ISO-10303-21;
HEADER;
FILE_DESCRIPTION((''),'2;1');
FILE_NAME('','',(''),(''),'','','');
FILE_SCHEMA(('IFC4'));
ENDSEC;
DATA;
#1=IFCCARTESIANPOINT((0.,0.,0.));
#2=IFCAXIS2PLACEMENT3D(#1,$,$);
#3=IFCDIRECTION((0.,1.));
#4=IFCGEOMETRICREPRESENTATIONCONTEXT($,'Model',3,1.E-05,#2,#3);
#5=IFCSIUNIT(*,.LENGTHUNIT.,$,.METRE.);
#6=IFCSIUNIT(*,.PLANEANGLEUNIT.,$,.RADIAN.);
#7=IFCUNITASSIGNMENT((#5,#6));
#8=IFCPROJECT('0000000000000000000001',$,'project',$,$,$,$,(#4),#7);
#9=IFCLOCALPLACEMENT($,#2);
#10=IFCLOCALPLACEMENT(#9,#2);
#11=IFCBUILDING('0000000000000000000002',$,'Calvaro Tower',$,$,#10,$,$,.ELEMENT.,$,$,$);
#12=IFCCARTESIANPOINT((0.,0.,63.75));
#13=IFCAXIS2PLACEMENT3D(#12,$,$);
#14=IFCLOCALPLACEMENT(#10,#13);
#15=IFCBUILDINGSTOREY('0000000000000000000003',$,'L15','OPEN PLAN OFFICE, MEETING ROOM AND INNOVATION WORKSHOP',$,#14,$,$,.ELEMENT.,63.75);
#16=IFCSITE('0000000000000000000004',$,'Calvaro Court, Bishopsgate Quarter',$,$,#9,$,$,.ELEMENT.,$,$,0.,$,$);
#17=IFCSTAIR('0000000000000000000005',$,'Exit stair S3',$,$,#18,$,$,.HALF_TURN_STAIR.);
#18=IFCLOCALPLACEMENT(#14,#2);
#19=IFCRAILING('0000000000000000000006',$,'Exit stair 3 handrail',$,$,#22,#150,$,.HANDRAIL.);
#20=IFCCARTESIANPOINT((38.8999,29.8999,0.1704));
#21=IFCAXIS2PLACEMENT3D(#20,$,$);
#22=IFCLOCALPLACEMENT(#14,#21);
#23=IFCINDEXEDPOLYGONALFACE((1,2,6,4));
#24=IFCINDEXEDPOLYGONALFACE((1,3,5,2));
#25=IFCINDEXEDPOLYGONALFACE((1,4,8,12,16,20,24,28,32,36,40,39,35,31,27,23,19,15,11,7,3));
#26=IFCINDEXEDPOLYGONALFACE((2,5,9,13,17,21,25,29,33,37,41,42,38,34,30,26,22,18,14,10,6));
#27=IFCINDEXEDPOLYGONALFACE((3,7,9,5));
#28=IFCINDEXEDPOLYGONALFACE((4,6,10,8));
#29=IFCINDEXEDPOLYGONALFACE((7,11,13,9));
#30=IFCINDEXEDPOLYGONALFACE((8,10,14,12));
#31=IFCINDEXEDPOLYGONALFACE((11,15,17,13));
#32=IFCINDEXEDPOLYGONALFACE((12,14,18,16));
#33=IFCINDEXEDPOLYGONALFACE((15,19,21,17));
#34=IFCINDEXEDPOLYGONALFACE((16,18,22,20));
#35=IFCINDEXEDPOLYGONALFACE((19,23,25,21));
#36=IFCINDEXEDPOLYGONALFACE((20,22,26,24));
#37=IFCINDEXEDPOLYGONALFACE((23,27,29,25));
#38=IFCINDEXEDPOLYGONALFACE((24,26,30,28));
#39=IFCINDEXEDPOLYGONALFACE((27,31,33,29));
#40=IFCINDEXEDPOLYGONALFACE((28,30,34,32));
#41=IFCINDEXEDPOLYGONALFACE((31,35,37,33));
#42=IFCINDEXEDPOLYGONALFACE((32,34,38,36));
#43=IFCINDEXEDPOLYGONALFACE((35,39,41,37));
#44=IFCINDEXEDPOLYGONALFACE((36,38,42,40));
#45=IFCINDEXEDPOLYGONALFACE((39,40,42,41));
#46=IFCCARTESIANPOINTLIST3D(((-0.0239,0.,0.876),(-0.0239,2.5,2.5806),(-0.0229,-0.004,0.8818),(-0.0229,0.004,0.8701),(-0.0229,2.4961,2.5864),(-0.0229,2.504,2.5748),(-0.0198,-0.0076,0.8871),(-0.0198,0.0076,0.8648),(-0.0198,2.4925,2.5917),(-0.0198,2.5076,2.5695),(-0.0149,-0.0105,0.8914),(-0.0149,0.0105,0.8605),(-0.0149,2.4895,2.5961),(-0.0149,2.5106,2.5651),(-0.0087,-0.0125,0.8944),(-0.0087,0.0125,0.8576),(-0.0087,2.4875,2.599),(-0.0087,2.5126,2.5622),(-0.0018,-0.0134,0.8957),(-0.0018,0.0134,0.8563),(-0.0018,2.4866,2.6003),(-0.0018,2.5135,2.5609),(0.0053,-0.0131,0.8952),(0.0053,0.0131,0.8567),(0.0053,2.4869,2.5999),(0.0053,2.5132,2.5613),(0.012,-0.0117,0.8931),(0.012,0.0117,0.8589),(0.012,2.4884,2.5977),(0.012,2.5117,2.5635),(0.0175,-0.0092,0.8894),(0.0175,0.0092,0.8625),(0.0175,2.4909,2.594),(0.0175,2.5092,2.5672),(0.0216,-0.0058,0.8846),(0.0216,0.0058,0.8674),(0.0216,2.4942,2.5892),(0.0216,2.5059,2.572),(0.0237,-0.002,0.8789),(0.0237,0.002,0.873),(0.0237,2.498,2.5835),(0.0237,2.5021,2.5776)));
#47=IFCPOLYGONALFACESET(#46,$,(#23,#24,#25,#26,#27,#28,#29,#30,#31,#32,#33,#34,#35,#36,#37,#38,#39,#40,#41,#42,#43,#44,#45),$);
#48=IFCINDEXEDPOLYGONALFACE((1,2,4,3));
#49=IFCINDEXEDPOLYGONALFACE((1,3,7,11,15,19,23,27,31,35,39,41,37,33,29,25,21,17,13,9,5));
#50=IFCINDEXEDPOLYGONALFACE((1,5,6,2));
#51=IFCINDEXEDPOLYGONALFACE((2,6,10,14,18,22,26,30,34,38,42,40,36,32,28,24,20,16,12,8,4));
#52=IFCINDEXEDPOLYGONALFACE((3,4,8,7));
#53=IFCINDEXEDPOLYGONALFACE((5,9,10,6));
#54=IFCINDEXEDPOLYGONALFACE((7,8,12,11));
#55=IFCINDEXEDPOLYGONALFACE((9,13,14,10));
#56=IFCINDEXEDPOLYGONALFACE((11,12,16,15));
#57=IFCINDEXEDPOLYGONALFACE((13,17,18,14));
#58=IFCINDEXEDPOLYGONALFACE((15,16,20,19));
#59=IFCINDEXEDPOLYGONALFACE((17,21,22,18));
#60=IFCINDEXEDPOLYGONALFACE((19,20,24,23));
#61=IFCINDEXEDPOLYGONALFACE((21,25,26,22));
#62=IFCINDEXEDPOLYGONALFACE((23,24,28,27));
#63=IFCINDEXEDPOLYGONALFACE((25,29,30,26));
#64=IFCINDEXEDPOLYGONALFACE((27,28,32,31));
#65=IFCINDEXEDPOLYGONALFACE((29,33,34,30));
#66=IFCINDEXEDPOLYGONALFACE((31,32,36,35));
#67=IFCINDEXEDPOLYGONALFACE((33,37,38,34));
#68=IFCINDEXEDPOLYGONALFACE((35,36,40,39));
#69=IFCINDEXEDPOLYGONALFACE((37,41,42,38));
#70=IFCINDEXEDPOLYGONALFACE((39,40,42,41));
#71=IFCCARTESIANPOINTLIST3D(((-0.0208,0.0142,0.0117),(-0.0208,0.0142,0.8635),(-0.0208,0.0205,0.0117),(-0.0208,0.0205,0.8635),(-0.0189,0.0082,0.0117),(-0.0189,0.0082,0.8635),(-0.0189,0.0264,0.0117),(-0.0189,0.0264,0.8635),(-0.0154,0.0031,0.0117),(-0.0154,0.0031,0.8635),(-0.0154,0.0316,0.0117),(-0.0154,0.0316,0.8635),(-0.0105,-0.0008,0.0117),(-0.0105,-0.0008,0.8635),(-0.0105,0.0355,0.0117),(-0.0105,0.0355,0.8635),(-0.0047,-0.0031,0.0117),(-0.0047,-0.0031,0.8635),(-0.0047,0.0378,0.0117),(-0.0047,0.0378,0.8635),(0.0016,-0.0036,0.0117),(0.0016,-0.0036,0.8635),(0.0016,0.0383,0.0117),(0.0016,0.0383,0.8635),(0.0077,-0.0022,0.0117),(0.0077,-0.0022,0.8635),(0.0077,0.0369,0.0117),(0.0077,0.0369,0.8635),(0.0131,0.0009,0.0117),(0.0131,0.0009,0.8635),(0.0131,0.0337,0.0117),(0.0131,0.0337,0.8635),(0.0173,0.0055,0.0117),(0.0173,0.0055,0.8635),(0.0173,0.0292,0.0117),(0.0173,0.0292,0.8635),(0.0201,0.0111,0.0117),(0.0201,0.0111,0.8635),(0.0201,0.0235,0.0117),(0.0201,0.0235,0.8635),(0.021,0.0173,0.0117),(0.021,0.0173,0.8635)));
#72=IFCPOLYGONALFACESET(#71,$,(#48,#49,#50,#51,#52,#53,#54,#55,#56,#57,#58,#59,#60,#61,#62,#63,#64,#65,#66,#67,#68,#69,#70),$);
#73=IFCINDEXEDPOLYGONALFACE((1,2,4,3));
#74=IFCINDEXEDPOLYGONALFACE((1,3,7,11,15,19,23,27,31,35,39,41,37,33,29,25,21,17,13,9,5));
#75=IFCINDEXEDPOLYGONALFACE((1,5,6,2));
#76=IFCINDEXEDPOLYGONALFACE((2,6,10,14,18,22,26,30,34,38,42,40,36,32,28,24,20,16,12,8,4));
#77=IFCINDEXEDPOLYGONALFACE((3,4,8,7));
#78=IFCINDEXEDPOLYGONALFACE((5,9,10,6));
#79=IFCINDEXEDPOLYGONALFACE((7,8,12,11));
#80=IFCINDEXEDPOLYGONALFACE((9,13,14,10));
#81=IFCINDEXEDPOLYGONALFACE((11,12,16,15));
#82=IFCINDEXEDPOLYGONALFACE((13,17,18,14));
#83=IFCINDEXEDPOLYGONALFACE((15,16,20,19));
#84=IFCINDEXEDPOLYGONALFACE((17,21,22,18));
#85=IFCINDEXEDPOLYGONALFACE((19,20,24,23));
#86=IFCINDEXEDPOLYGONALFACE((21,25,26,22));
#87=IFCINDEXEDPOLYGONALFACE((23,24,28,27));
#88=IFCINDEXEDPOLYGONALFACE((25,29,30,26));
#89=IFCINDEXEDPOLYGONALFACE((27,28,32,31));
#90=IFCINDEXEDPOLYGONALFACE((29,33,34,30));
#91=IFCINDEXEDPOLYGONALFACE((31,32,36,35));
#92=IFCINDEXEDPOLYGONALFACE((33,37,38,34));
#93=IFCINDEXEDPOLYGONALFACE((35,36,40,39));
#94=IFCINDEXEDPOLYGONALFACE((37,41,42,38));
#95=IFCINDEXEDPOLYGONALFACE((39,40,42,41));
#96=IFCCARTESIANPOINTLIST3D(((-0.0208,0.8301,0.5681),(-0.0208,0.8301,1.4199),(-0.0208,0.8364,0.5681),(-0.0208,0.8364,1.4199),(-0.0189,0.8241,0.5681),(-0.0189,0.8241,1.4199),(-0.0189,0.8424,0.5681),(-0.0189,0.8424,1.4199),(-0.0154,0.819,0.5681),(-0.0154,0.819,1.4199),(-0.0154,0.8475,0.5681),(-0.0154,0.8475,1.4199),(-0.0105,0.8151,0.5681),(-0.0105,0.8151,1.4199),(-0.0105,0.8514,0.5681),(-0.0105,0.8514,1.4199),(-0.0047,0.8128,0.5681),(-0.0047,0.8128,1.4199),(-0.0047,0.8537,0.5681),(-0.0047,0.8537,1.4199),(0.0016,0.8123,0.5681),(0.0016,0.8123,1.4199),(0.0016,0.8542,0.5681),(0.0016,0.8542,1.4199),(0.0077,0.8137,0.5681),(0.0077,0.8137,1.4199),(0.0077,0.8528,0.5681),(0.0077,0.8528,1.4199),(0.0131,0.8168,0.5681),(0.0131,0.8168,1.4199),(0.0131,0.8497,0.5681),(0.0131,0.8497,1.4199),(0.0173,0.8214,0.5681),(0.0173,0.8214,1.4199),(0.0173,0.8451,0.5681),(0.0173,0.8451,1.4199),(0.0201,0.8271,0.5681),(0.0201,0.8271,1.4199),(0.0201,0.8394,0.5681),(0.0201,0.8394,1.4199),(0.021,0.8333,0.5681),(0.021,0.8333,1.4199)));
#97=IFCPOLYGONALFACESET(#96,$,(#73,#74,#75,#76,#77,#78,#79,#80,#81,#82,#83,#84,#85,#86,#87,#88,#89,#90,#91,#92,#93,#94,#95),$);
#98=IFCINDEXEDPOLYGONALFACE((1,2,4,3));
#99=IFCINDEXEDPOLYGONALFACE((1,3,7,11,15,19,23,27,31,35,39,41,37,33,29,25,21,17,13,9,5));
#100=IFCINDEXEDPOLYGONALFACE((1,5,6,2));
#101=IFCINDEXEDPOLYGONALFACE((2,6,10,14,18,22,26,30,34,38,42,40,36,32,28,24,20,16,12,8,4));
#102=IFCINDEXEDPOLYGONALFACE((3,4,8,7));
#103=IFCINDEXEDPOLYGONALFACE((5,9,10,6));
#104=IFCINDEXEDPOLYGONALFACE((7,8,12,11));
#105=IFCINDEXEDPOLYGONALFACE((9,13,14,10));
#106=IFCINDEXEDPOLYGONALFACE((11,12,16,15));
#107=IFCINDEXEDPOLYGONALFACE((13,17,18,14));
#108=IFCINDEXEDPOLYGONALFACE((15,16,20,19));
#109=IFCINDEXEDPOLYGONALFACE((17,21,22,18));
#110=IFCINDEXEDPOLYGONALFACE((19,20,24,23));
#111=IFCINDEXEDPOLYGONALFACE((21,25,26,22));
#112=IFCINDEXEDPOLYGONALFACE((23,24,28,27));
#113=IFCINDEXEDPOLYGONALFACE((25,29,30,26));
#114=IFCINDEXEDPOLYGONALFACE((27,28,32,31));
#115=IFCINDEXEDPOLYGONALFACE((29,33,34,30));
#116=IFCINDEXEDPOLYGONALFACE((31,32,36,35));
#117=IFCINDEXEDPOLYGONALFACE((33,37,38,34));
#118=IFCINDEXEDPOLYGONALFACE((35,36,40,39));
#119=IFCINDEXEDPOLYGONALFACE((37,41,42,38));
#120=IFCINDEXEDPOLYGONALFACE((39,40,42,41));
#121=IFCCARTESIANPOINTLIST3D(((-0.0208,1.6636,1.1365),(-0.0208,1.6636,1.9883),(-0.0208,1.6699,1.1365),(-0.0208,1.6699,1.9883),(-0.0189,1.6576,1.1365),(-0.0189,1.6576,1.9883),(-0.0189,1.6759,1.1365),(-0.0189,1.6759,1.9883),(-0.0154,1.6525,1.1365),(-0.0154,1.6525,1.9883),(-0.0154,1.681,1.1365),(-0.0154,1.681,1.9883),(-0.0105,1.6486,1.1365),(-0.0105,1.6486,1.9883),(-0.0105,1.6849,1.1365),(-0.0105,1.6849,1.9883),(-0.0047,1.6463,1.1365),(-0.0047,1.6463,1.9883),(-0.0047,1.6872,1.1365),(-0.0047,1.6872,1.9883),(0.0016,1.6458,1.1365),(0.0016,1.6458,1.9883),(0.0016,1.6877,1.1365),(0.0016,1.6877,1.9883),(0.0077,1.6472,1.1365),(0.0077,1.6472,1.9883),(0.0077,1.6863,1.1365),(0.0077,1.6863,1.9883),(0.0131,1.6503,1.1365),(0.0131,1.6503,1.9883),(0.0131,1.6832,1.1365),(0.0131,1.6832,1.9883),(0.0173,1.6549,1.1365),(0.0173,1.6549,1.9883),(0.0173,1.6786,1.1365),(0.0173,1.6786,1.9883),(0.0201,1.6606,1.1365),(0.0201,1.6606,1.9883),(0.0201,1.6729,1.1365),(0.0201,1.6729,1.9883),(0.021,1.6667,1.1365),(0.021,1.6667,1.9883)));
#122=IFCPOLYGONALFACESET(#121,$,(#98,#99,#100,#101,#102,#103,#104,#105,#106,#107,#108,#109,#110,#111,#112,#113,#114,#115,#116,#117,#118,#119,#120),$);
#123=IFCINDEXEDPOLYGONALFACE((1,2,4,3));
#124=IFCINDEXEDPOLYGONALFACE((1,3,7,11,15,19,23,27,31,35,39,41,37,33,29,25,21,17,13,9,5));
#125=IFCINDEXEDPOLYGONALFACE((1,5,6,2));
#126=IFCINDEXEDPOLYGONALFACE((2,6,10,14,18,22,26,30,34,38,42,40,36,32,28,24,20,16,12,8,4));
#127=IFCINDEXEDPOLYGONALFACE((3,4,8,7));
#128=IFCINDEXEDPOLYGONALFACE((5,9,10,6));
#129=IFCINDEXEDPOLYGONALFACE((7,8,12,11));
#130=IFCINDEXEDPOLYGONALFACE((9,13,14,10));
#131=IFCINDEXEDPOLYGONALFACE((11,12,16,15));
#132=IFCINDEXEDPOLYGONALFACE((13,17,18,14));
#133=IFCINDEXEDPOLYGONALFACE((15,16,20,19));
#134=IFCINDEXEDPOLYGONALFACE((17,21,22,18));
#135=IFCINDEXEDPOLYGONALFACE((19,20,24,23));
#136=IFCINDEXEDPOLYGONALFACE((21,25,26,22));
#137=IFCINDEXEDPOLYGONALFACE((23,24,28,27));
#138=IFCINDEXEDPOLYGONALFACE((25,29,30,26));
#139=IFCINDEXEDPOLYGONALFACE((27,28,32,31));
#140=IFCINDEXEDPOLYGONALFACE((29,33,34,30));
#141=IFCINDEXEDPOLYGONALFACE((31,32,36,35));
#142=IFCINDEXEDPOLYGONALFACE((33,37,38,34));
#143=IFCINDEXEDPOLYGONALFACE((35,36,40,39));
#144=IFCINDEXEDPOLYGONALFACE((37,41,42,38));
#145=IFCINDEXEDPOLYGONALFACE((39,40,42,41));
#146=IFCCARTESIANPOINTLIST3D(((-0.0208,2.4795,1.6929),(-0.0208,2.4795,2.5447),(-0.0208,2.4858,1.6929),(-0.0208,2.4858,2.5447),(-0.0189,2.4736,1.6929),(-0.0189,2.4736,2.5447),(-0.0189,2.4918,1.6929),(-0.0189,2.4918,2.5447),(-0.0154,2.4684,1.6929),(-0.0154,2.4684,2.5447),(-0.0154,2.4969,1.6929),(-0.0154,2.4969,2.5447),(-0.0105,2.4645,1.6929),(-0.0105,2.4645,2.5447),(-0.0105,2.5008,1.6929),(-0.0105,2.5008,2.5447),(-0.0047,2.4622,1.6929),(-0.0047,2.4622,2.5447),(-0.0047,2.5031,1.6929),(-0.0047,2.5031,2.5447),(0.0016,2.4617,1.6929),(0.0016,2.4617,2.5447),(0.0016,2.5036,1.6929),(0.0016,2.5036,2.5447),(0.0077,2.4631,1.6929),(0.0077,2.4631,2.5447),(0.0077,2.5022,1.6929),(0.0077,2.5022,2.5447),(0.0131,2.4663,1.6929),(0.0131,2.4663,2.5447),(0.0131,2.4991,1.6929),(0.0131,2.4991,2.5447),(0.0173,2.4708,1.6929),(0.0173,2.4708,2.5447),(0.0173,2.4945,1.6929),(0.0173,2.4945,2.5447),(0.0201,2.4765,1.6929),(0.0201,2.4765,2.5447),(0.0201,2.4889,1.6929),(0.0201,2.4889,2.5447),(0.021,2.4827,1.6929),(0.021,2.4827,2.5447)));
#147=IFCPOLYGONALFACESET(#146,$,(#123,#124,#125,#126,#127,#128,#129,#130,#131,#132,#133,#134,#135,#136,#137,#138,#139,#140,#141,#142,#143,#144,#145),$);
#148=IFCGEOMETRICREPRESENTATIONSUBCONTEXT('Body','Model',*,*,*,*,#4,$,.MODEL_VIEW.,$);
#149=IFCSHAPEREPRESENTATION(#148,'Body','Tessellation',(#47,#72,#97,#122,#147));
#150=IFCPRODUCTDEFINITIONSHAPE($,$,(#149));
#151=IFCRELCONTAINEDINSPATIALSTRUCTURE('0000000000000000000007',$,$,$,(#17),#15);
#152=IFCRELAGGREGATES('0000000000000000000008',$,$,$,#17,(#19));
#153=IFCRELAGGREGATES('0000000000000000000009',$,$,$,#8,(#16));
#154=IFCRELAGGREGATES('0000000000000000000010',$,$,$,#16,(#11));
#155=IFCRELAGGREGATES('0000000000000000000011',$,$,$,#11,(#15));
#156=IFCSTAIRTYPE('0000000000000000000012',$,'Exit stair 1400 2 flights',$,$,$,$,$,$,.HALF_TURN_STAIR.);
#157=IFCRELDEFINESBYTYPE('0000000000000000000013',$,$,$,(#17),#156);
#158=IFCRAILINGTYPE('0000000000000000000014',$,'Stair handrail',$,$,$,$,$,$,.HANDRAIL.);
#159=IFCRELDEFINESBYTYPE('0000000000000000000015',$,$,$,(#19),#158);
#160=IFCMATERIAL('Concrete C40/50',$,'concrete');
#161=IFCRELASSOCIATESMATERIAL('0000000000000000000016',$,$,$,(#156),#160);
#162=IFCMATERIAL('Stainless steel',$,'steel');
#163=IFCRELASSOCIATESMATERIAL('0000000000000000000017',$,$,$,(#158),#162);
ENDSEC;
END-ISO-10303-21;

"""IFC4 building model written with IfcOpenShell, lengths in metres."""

from ifc_helpers import new_model, si_unit, direction, frame, origin, origin_2d, place, context, subcontext, project, spatial, circle, extrude, material, type_object, element, aggregate, save


model = new_model("IFC4")

# Units and contexts
model_context = context("Model", 3, precision=1e-05, world=origin(), true_north=direction((0.0, 1.0)))
body_context = subcontext(model_context, "Body", "Model", "MODEL_VIEW")
ifc_project = project(units=[si_unit("LENGTHUNIT", "METRE"), si_unit("PLANEANGLEUNIT", "RADIAN")], contexts=[model_context])

# Site, building, storey
site_placement = place(None, origin())
site = spatial("IfcSite", under=ifc_project, at=site_placement, Name="Calvaro Court, Bishopsgate Quarter", CompositionType="ELEMENT", RefElevation=0.0)
building_placement = place(site_placement, origin())
building = spatial("IfcBuilding", under=site, at=building_placement, Name="Calvaro Tower", CompositionType="ELEMENT")
storey_placement = place(building_placement, frame((0.0, 0.0, 63.75)))
storey = spatial("IfcBuildingStorey", under=building, at=storey_placement, Name="L15", Description="OPEN PLAN OFFICE, MEETING ROOM AND INNOVATION WORKSHOP", CompositionType="ELEMENT", Elevation=63.75)

# Stair
ifc_material_1 = material(Name="Concrete C40/50", Category="concrete")
stair_type = type_object("IfcStairType", Name="Exit stair 1400 2 flights", PredefinedType="HALF_TURN_STAIR", material=ifc_material_1)
stair_1_placement = place(storey_placement, origin())
stair_1 = element("IfcStair", 1, at=stair_1_placement, inside=storey, type_object=stair_type, Name="Exit stair S3", PredefinedType="HALF_TURN_STAIR")

# Railing
ifc_material_2 = material(Name="Stainless steel", Category="steel")
railing_type = type_object("IfcRailingType", Name="Stair handrail", PredefinedType="HANDRAIL", material=ifc_material_2)
railing_1_placement = place(storey_placement, frame((38.8999, 29.8999, 0.1704)))
railing_1 = element("IfcRailing", 2, at=railing_1_placement, type_object=railing_type, Name="Exit stair 3 handrail", PredefinedType="HANDRAIL", context=body_context, shape_type="SweptSolid", body=[
    extrude(circle(Radius=0.0239, at=origin_2d()), frame((0.0, 0.0, 0.876), z_axis=(0.0, 0.826221, 0.563347), x_axis=(-1.0, 0.0, 0.0)), (0.0, 0.0, 1.0), 3.0259),
    extrude(circle(Radius=0.021, at=origin_2d()), frame((0.0, 0.0173, 0.0117)), (0.0, 0.0, 1.0), 0.8518),
    extrude(circle(Radius=0.021, at=origin_2d()), frame((0.0, 0.8333, 0.5681)), (0.0, 0.0, 1.0), 0.8518),
    extrude(circle(Radius=0.021, at=origin_2d()), frame((0.0, 1.6667, 1.1365)), (0.0, 0.0, 1.0), 0.8518),
    extrude(circle(Radius=0.021, at=origin_2d()), frame((0.0, 2.4827, 1.6929)), (0.0, 0.0, 1.0), 0.8518),
])
aggregate(stair_1, [railing_1])

save(model, "model.ifc")
